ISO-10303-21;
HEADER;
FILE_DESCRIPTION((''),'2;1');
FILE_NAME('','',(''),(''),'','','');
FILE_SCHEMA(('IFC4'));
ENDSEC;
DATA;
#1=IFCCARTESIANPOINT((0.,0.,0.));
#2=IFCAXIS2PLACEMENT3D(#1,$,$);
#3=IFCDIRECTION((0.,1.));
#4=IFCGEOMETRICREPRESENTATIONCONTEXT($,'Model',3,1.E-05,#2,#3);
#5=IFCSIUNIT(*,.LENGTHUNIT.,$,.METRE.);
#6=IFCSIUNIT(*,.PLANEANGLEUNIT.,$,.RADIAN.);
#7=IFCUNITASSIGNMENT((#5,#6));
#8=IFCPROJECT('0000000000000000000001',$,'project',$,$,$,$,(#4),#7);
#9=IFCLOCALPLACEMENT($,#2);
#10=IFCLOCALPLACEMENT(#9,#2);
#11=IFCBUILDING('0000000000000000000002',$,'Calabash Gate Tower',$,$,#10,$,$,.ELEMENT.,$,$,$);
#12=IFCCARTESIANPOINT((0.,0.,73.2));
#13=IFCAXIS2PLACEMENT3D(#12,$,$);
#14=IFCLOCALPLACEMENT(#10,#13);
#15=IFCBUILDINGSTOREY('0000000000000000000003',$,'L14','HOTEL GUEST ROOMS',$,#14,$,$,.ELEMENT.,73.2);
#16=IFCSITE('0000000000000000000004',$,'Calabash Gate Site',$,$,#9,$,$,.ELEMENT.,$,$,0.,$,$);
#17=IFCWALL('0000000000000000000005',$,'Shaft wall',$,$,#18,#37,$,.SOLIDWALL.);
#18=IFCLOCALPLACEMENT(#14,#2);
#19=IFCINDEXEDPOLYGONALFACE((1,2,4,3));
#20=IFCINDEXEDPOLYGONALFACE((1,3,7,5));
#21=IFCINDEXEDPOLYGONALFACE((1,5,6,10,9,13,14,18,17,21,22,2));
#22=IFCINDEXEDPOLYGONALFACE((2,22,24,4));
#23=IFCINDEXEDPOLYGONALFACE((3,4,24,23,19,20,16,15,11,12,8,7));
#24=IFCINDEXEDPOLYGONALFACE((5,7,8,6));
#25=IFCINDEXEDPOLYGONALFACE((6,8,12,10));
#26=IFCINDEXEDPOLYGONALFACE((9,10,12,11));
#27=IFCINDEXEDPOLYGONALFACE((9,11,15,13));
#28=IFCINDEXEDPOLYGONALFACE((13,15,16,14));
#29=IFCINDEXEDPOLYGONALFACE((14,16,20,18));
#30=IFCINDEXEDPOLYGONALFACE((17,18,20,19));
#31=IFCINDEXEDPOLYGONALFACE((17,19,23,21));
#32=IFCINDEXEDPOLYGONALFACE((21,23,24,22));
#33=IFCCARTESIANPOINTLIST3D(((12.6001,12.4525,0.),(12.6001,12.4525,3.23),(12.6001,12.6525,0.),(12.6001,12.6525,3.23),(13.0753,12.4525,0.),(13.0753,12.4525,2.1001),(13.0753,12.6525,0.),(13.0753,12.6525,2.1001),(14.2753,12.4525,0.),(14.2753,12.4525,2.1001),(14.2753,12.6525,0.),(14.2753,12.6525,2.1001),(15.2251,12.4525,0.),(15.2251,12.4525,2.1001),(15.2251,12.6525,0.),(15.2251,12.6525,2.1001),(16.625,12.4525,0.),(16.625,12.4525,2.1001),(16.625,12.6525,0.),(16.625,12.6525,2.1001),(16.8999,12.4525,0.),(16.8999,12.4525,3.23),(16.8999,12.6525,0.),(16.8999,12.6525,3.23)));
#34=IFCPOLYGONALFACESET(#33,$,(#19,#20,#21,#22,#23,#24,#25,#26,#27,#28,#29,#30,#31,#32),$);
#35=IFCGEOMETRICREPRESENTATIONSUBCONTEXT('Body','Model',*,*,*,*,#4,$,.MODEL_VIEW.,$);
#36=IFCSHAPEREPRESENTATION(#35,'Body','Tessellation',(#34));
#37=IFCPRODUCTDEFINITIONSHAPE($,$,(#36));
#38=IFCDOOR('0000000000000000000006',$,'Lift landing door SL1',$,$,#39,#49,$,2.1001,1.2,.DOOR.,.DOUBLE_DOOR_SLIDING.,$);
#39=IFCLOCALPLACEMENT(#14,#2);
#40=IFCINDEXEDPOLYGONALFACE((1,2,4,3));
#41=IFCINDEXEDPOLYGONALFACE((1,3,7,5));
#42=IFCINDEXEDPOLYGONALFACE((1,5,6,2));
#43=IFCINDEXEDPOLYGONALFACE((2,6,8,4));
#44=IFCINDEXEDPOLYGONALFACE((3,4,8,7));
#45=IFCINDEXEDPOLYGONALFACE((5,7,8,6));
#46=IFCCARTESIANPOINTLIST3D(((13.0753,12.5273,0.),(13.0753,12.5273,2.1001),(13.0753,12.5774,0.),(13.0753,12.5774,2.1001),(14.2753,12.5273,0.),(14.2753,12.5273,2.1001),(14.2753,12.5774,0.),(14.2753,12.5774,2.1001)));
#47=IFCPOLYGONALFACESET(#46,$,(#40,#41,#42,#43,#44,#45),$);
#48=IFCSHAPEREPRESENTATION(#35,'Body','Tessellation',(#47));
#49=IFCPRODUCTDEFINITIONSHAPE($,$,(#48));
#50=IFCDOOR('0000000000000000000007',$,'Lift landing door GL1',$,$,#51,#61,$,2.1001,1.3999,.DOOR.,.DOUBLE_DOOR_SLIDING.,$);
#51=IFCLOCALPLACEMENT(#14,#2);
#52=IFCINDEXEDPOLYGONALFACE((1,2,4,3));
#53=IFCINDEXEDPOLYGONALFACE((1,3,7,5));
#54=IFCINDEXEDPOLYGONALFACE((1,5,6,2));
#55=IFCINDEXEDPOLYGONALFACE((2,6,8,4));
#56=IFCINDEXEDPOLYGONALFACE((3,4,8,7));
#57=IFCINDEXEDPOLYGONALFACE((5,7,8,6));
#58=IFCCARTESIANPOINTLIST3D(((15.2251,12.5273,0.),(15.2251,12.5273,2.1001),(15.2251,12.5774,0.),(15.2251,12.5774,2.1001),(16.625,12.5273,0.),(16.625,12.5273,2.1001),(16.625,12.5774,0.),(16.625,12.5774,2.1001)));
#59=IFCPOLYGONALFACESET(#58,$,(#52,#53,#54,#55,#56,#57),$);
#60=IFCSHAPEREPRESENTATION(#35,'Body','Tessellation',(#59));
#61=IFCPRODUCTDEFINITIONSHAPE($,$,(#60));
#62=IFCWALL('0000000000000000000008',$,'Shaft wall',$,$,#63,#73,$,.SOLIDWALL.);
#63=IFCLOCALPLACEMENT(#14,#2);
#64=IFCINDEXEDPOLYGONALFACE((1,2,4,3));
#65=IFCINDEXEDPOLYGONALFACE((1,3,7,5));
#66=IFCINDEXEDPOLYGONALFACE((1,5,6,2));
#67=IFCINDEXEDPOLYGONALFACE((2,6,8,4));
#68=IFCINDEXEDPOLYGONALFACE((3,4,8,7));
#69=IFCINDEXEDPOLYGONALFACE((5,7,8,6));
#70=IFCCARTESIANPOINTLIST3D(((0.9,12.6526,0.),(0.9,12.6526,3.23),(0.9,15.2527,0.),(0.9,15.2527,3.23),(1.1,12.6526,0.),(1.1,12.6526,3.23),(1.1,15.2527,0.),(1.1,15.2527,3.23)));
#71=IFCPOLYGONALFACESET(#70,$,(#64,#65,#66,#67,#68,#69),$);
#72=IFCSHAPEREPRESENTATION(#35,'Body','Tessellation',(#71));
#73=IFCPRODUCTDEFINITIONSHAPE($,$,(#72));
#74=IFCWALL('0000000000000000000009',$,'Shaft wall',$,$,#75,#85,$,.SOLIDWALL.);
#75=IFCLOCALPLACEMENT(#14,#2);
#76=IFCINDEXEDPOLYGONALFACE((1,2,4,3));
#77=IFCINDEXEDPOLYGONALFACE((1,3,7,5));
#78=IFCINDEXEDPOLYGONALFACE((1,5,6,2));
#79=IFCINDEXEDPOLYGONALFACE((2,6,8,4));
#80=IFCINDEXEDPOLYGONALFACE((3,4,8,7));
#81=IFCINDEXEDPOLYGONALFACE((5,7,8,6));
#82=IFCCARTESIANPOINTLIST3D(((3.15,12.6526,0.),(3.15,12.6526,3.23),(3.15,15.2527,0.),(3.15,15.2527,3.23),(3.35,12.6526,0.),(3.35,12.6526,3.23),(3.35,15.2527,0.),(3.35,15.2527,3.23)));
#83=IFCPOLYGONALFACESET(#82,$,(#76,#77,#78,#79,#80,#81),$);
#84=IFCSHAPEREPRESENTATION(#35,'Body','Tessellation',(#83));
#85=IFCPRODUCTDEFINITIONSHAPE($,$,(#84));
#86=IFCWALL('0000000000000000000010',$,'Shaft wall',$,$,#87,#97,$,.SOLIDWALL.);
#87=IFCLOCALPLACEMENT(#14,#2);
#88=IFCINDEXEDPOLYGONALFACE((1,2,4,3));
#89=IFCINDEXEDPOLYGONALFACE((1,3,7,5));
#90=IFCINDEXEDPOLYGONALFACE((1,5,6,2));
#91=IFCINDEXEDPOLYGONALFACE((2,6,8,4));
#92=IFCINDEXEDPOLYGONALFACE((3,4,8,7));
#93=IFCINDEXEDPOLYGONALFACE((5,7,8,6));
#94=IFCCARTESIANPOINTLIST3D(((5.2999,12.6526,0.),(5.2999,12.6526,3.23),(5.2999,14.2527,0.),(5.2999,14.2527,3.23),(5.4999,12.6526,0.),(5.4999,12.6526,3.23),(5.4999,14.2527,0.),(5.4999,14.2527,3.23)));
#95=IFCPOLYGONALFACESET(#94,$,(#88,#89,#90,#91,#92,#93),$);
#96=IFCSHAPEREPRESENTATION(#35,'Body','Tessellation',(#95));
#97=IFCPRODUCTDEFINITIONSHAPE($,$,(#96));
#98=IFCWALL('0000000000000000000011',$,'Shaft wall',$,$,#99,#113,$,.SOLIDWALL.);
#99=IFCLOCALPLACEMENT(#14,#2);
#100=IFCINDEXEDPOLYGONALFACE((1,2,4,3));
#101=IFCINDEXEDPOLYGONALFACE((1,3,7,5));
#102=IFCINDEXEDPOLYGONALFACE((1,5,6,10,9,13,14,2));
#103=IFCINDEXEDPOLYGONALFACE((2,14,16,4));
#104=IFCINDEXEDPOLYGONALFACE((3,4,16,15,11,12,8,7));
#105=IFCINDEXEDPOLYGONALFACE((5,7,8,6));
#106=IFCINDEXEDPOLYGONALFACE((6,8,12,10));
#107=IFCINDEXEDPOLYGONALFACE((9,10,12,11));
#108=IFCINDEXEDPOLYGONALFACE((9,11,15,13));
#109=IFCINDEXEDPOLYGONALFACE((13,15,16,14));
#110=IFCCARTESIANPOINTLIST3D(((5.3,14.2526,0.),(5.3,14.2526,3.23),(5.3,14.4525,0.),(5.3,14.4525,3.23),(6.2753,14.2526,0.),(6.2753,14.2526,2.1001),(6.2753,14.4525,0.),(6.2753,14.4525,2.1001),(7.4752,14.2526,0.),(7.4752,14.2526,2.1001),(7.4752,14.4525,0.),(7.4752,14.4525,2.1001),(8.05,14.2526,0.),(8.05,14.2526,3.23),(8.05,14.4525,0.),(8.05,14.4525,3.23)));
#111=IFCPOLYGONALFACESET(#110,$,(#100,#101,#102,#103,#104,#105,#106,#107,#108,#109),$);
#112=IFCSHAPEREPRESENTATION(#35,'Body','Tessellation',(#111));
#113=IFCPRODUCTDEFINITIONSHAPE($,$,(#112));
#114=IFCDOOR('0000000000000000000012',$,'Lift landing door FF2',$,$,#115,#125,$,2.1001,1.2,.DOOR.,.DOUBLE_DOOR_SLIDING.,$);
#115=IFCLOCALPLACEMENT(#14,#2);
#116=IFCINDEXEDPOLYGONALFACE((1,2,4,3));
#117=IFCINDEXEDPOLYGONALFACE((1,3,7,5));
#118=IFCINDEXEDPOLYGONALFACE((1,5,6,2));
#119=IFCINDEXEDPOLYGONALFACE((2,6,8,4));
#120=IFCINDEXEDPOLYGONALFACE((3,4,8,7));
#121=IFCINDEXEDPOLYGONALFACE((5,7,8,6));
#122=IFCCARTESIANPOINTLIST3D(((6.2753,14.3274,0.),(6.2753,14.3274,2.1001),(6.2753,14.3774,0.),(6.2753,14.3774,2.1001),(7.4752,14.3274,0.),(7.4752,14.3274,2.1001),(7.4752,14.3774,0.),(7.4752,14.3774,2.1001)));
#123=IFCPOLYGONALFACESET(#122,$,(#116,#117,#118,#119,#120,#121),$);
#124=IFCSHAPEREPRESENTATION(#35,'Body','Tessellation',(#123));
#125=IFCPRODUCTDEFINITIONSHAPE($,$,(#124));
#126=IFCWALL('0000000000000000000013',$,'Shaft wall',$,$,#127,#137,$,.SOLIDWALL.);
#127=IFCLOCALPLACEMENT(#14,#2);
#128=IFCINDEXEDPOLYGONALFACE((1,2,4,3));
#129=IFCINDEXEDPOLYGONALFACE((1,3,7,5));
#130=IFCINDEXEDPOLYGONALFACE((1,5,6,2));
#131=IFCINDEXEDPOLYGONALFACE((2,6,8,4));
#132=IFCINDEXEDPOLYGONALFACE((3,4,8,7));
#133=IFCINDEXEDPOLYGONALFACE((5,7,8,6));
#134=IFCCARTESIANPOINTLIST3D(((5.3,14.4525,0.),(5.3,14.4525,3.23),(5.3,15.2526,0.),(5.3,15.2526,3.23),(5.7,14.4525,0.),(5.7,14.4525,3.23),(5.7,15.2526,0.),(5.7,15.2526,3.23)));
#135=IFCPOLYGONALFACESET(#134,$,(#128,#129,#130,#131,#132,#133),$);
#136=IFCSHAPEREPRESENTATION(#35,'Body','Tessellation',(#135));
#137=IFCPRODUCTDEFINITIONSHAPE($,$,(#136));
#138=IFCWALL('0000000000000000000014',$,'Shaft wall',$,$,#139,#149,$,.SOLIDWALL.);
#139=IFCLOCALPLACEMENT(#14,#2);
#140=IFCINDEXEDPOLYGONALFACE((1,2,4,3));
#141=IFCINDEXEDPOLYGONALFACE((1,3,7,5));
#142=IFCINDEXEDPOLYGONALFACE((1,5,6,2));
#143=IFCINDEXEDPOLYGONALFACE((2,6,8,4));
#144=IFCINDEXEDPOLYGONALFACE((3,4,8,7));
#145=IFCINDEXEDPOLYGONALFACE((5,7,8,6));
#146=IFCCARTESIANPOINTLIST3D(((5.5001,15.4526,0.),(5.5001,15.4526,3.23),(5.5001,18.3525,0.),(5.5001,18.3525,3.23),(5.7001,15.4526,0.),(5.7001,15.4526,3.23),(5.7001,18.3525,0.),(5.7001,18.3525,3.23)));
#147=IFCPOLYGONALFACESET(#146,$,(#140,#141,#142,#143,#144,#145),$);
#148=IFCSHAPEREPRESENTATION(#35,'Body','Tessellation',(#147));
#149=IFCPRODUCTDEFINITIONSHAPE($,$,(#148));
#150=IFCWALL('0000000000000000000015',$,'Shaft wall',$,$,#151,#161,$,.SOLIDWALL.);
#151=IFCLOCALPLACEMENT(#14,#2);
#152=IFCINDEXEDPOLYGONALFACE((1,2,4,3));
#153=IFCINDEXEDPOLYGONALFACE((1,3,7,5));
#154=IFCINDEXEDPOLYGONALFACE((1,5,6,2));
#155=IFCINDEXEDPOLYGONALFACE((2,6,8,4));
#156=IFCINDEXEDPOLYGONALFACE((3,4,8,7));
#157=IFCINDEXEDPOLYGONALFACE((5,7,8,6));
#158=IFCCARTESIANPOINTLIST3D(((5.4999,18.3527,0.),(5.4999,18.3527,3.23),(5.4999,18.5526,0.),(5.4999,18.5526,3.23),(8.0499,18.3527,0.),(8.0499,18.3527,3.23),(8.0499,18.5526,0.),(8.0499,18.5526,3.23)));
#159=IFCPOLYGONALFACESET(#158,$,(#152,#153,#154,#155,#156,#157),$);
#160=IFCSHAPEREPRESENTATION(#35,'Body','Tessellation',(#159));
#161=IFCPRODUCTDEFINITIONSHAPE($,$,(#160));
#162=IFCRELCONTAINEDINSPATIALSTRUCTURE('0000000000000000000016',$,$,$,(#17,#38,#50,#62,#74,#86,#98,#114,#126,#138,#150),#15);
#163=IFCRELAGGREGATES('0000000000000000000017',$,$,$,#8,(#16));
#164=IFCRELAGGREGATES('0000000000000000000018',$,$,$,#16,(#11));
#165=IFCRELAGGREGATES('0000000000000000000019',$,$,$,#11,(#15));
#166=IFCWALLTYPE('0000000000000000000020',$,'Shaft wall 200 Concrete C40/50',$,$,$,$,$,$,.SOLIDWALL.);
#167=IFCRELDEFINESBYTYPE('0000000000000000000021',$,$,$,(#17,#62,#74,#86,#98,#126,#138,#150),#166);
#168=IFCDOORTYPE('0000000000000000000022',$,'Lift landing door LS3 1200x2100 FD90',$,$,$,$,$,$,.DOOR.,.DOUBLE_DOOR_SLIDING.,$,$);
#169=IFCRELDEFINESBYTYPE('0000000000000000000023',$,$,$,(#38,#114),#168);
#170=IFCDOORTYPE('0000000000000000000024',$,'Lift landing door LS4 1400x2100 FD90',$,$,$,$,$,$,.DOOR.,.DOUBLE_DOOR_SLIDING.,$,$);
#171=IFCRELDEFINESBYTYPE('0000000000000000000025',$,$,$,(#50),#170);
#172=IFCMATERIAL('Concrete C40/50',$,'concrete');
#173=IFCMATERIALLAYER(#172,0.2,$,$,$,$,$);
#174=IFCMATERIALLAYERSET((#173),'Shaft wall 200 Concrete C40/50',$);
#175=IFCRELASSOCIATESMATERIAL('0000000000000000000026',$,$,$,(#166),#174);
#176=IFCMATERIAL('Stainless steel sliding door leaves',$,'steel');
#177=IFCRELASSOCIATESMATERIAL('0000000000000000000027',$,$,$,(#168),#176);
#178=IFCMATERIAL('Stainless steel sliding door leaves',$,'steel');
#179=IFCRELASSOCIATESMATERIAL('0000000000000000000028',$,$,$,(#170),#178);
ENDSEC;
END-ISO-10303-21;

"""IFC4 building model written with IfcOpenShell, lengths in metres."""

from ifc_helpers import new_model, si_unit, direction, frame, frame_2d, origin, place, context, subcontext, project, spatial, rectangle, extrude, material, layer, layer_set, type_object, element, fill, save


model = new_model("IFC4")

# Units and contexts
model_context = context("Model", 3, precision=1e-05, world=origin(), true_north=direction((0.0, 1.0)))
body_context = subcontext(model_context, "Body", "Model", "MODEL_VIEW")
ifc_project = project(units=[si_unit("LENGTHUNIT", "METRE"), si_unit("PLANEANGLEUNIT", "RADIAN")], contexts=[model_context])

# Site, building, storey
site_placement = place(None, origin())
site = spatial("IfcSite", under=ifc_project, at=site_placement, Name="Calabash Gate Site", CompositionType="ELEMENT", RefElevation=0.0)
building_placement = place(site_placement, origin())
building = spatial("IfcBuilding", under=site, at=building_placement, Name="Calabash Gate Tower", CompositionType="ELEMENT")
storey_placement = place(building_placement, frame((0.0, 0.0, 73.2)))
storey = spatial("IfcBuildingStorey", under=building, at=storey_placement, Name="L14", Description="HOTEL GUEST ROOMS", CompositionType="ELEMENT", Elevation=73.2)

# Shared definitions
ifc_material_1 = material(Name="Concrete C40/50", Category="concrete")
ifc_layer_1 = layer(ifc_material_1, 0.2)
ifc_layer_set_1 = layer_set([ifc_layer_1], Name="Shaft wall 200 Concrete C40/50")
wall_type_1 = type_object("IfcWallType", Name="Shaft wall 200 Concrete C40/50", PredefinedType="SOLIDWALL", material=ifc_layer_set_1)

# Wall, openings, doors
wall_1_placement = place(storey_placement, frame((12.6001, 12.5525, 0.0), z_axis=(0.0, 0.0, 1.0), x_axis=(1.0, 0.0, 0.0)))
wall_1 = element("IfcWall", 1, at=wall_1_placement, inside=storey, type_object=wall_type_1, Name="Shaft wall", PredefinedType="SOLIDWALL", context=body_context, shape_type="SweptSolid", body=[
    extrude(rectangle(XDim=4.2998, YDim=0.2, at=frame_2d((2.1499, 0.0))), origin(), (0.0, 0.0, 1.0), 3.23),
])
opening_1_placement = place(wall_1_placement, frame((0.4751, 0.0, 0.0)))
opening_1 = element("IfcOpeningElement", 2, at=opening_1_placement, cuts=wall_1, PredefinedType="OPENING", context=body_context, shape_type="SweptSolid", body=[
    extrude(rectangle(XDim=1.2, YDim=2.1001, at=frame_2d((0.6001, 1.05))), frame((0.0, 0.1099, 0.0), z_axis=(0.0, -1.0, 0.0), x_axis=(1.0, 0.0, 0.0)), (0.0, 0.0, 1.0), 0.22),
])
opening_2_placement = place(wall_1_placement, frame((2.625, 0.0, 0.0)))
opening_2 = element("IfcOpeningElement", 3, at=opening_2_placement, cuts=wall_1, PredefinedType="OPENING", context=body_context, shape_type="SweptSolid", body=[
    extrude(rectangle(XDim=1.3999, YDim=2.1001, at=frame_2d((0.7, 1.05))), frame((0.0, 0.1099, 0.0), z_axis=(0.0, -1.0, 0.0), x_axis=(1.0, 0.0, 0.0)), (0.0, 0.0, 1.0), 0.22),
])
ifc_material_2 = material(Name="Stainless steel sliding door leaves", Category="steel")
door_type_1 = type_object("IfcDoorType", Name="Lift landing door LS3 1200x2100 FD90", OperationType="DOUBLE_DOOR_SLIDING", PredefinedType="DOOR", material=ifc_material_2)
door_1_placement = place(opening_1_placement, origin())
door_1 = element("IfcDoor", 4, at=door_1_placement, inside=storey, type_object=door_type_1, Name="Lift landing door SL1", OperationType="DOUBLE_DOOR_SLIDING", OverallHeight=2.1001, OverallWidth=1.2, PredefinedType="DOOR", context=body_context, shape_type="SweptSolid", body=[
    extrude(rectangle(XDim=1.2, YDim=2.1001, at=frame_2d((0.6001, 1.05))), frame((0.0, 0.0249, 0.0), z_axis=(0.0, -1.0, 0.0), x_axis=(1.0, 0.0, 0.0)), (0.0, 0.0, 1.0), 0.05),
])
fill(opening_1, door_1)
ifc_material_3 = material(Name="Stainless steel sliding door leaves", Category="steel")
door_type_2 = type_object("IfcDoorType", Name="Lift landing door LS4 1400x2100 FD90", OperationType="DOUBLE_DOOR_SLIDING", PredefinedType="DOOR", material=ifc_material_3)
door_2_placement = place(opening_2_placement, origin())
door_2 = element("IfcDoor", 5, at=door_2_placement, inside=storey, type_object=door_type_2, Name="Lift landing door GL1", OperationType="DOUBLE_DOOR_SLIDING", OverallHeight=2.1001, OverallWidth=1.3999, PredefinedType="DOOR", context=body_context, shape_type="SweptSolid", body=[
    extrude(rectangle(XDim=1.3999, YDim=2.1001, at=frame_2d((0.7, 1.05))), frame((0.0, 0.0249, 0.0), z_axis=(0.0, -1.0, 0.0), x_axis=(1.0, 0.0, 0.0)), (0.0, 0.0, 1.0), 0.05),
])
fill(opening_2, door_2)

# Walls
for number, where, z_axis, x_axis, name in (
    (6, (1.0, 12.6526, 0.0), (0.0, 0.0, 1.0), (0.0, 1.0, 0.0), "Shaft wall"),
    (7, (3.25, 12.6526, 0.0), (0.0, 0.0, 1.0), (0.0, 1.0, 0.0), "Shaft wall"),
):
    element("IfcWall", number, at=place(storey_placement, frame(where, z_axis=z_axis, x_axis=x_axis)), inside=storey, type_object=wall_type_1, Name=name, PredefinedType="SOLIDWALL", context=body_context, shape_type="SweptSolid", body=[
        extrude(rectangle(XDim=2.6001, YDim=0.2, at=frame_2d((1.3, 0.0))), origin(), (0.0, 0.0, 1.0), 3.23),
    ])
wall_2_placement = place(storey_placement, frame((5.3999, 12.6526, 0.0), z_axis=(0.0, 0.0, 1.0), x_axis=(0.0, 1.0, 0.0)))
element("IfcWall", 8, at=wall_2_placement, inside=storey, type_object=wall_type_1, Name="Shaft wall", PredefinedType="SOLIDWALL", context=body_context, shape_type="SweptSolid", body=[
    extrude(rectangle(XDim=1.6001, YDim=0.2, at=frame_2d((0.8, 0.0))), origin(), (0.0, 0.0, 1.0), 3.23),
])

# Wall, opening, door
wall_3_placement = place(storey_placement, frame((5.3, 14.3525, 0.0), z_axis=(0.0, 0.0, 1.0), x_axis=(1.0, 0.0, 0.0)))
wall_3 = element("IfcWall", 9, at=wall_3_placement, inside=storey, type_object=wall_type_1, Name="Shaft wall", PredefinedType="SOLIDWALL", context=body_context, shape_type="SweptSolid", body=[
    extrude(rectangle(XDim=2.75, YDim=0.2, at=frame_2d((1.375, 0.0))), origin(), (0.0, 0.0, 1.0), 3.23),
])
opening_3_placement = place(wall_3_placement, frame((0.9751, 0.0, 0.0)))
opening_3 = element("IfcOpeningElement", 10, at=opening_3_placement, cuts=wall_3, PredefinedType="OPENING", context=body_context, shape_type="SweptSolid", body=[
    extrude(rectangle(XDim=1.2, YDim=2.1001, at=frame_2d((0.6001, 1.05))), frame((0.0, 0.1099, 0.0), z_axis=(0.0, -1.0, 0.0), x_axis=(1.0, 0.0, 0.0)), (0.0, 0.0, 1.0), 0.22),
])
door_3_placement = place(opening_3_placement, origin())
door_3 = element("IfcDoor", 11, at=door_3_placement, inside=storey, type_object=door_type_1, Name="Lift landing door FF2", OperationType="DOUBLE_DOOR_SLIDING", OverallHeight=2.1001, OverallWidth=1.2, PredefinedType="DOOR", context=body_context, shape_type="SweptSolid", body=[
    extrude(rectangle(XDim=1.2, YDim=2.1001, at=frame_2d((0.6001, 1.05))), frame((0.0, 0.0249, 0.0), z_axis=(0.0, -1.0, 0.0), x_axis=(1.0, 0.0, 0.0)), (0.0, 0.0, 1.0), 0.05),
])
fill(opening_3, door_3)

# Walls
wall_4_placement = place(storey_placement, frame((5.5, 14.4526, 0.0), z_axis=(0.0, 0.0, 1.0), x_axis=(0.0, 1.0, 0.0)))
element("IfcWall", 12, at=wall_4_placement, inside=storey, type_object=wall_type_1, Name="Shaft wall", PredefinedType="SOLIDWALL", context=body_context, shape_type="SweptSolid", body=[
    extrude(rectangle(XDim=0.8, YDim=0.3999, at=frame_2d((0.3999, 0.0))), origin(), (0.0, 0.0, 1.0), 3.23),
])
wall_5_placement = place(storey_placement, frame((5.6001, 15.4526, 0.0), z_axis=(0.0, 0.0, 1.0), x_axis=(0.0, 1.0, 0.0)))
element("IfcWall", 13, at=wall_5_placement, inside=storey, type_object=wall_type_1, Name="Shaft wall", PredefinedType="SOLIDWALL", context=body_context, shape_type="SweptSolid", body=[
    extrude(rectangle(XDim=2.8999, YDim=0.2, at=frame_2d((1.45, 0.0))), origin(), (0.0, 0.0, 1.0), 3.23),
])
wall_6_placement = place(storey_placement, frame((5.5, 18.4526, 0.0), z_axis=(0.0, 0.0, 1.0), x_axis=(1.0, 0.0, 0.0)))
element("IfcWall", 14, at=wall_6_placement, inside=storey, type_object=wall_type_1, Name="Shaft wall", PredefinedType="SOLIDWALL", context=body_context, shape_type="SweptSolid", body=[
    extrude(rectangle(XDim=2.55, YDim=0.2, at=frame_2d((1.2749, 0.0))), origin(), (0.0, 0.0, 1.0), 3.23),
])

save(model, "model.ifc")
